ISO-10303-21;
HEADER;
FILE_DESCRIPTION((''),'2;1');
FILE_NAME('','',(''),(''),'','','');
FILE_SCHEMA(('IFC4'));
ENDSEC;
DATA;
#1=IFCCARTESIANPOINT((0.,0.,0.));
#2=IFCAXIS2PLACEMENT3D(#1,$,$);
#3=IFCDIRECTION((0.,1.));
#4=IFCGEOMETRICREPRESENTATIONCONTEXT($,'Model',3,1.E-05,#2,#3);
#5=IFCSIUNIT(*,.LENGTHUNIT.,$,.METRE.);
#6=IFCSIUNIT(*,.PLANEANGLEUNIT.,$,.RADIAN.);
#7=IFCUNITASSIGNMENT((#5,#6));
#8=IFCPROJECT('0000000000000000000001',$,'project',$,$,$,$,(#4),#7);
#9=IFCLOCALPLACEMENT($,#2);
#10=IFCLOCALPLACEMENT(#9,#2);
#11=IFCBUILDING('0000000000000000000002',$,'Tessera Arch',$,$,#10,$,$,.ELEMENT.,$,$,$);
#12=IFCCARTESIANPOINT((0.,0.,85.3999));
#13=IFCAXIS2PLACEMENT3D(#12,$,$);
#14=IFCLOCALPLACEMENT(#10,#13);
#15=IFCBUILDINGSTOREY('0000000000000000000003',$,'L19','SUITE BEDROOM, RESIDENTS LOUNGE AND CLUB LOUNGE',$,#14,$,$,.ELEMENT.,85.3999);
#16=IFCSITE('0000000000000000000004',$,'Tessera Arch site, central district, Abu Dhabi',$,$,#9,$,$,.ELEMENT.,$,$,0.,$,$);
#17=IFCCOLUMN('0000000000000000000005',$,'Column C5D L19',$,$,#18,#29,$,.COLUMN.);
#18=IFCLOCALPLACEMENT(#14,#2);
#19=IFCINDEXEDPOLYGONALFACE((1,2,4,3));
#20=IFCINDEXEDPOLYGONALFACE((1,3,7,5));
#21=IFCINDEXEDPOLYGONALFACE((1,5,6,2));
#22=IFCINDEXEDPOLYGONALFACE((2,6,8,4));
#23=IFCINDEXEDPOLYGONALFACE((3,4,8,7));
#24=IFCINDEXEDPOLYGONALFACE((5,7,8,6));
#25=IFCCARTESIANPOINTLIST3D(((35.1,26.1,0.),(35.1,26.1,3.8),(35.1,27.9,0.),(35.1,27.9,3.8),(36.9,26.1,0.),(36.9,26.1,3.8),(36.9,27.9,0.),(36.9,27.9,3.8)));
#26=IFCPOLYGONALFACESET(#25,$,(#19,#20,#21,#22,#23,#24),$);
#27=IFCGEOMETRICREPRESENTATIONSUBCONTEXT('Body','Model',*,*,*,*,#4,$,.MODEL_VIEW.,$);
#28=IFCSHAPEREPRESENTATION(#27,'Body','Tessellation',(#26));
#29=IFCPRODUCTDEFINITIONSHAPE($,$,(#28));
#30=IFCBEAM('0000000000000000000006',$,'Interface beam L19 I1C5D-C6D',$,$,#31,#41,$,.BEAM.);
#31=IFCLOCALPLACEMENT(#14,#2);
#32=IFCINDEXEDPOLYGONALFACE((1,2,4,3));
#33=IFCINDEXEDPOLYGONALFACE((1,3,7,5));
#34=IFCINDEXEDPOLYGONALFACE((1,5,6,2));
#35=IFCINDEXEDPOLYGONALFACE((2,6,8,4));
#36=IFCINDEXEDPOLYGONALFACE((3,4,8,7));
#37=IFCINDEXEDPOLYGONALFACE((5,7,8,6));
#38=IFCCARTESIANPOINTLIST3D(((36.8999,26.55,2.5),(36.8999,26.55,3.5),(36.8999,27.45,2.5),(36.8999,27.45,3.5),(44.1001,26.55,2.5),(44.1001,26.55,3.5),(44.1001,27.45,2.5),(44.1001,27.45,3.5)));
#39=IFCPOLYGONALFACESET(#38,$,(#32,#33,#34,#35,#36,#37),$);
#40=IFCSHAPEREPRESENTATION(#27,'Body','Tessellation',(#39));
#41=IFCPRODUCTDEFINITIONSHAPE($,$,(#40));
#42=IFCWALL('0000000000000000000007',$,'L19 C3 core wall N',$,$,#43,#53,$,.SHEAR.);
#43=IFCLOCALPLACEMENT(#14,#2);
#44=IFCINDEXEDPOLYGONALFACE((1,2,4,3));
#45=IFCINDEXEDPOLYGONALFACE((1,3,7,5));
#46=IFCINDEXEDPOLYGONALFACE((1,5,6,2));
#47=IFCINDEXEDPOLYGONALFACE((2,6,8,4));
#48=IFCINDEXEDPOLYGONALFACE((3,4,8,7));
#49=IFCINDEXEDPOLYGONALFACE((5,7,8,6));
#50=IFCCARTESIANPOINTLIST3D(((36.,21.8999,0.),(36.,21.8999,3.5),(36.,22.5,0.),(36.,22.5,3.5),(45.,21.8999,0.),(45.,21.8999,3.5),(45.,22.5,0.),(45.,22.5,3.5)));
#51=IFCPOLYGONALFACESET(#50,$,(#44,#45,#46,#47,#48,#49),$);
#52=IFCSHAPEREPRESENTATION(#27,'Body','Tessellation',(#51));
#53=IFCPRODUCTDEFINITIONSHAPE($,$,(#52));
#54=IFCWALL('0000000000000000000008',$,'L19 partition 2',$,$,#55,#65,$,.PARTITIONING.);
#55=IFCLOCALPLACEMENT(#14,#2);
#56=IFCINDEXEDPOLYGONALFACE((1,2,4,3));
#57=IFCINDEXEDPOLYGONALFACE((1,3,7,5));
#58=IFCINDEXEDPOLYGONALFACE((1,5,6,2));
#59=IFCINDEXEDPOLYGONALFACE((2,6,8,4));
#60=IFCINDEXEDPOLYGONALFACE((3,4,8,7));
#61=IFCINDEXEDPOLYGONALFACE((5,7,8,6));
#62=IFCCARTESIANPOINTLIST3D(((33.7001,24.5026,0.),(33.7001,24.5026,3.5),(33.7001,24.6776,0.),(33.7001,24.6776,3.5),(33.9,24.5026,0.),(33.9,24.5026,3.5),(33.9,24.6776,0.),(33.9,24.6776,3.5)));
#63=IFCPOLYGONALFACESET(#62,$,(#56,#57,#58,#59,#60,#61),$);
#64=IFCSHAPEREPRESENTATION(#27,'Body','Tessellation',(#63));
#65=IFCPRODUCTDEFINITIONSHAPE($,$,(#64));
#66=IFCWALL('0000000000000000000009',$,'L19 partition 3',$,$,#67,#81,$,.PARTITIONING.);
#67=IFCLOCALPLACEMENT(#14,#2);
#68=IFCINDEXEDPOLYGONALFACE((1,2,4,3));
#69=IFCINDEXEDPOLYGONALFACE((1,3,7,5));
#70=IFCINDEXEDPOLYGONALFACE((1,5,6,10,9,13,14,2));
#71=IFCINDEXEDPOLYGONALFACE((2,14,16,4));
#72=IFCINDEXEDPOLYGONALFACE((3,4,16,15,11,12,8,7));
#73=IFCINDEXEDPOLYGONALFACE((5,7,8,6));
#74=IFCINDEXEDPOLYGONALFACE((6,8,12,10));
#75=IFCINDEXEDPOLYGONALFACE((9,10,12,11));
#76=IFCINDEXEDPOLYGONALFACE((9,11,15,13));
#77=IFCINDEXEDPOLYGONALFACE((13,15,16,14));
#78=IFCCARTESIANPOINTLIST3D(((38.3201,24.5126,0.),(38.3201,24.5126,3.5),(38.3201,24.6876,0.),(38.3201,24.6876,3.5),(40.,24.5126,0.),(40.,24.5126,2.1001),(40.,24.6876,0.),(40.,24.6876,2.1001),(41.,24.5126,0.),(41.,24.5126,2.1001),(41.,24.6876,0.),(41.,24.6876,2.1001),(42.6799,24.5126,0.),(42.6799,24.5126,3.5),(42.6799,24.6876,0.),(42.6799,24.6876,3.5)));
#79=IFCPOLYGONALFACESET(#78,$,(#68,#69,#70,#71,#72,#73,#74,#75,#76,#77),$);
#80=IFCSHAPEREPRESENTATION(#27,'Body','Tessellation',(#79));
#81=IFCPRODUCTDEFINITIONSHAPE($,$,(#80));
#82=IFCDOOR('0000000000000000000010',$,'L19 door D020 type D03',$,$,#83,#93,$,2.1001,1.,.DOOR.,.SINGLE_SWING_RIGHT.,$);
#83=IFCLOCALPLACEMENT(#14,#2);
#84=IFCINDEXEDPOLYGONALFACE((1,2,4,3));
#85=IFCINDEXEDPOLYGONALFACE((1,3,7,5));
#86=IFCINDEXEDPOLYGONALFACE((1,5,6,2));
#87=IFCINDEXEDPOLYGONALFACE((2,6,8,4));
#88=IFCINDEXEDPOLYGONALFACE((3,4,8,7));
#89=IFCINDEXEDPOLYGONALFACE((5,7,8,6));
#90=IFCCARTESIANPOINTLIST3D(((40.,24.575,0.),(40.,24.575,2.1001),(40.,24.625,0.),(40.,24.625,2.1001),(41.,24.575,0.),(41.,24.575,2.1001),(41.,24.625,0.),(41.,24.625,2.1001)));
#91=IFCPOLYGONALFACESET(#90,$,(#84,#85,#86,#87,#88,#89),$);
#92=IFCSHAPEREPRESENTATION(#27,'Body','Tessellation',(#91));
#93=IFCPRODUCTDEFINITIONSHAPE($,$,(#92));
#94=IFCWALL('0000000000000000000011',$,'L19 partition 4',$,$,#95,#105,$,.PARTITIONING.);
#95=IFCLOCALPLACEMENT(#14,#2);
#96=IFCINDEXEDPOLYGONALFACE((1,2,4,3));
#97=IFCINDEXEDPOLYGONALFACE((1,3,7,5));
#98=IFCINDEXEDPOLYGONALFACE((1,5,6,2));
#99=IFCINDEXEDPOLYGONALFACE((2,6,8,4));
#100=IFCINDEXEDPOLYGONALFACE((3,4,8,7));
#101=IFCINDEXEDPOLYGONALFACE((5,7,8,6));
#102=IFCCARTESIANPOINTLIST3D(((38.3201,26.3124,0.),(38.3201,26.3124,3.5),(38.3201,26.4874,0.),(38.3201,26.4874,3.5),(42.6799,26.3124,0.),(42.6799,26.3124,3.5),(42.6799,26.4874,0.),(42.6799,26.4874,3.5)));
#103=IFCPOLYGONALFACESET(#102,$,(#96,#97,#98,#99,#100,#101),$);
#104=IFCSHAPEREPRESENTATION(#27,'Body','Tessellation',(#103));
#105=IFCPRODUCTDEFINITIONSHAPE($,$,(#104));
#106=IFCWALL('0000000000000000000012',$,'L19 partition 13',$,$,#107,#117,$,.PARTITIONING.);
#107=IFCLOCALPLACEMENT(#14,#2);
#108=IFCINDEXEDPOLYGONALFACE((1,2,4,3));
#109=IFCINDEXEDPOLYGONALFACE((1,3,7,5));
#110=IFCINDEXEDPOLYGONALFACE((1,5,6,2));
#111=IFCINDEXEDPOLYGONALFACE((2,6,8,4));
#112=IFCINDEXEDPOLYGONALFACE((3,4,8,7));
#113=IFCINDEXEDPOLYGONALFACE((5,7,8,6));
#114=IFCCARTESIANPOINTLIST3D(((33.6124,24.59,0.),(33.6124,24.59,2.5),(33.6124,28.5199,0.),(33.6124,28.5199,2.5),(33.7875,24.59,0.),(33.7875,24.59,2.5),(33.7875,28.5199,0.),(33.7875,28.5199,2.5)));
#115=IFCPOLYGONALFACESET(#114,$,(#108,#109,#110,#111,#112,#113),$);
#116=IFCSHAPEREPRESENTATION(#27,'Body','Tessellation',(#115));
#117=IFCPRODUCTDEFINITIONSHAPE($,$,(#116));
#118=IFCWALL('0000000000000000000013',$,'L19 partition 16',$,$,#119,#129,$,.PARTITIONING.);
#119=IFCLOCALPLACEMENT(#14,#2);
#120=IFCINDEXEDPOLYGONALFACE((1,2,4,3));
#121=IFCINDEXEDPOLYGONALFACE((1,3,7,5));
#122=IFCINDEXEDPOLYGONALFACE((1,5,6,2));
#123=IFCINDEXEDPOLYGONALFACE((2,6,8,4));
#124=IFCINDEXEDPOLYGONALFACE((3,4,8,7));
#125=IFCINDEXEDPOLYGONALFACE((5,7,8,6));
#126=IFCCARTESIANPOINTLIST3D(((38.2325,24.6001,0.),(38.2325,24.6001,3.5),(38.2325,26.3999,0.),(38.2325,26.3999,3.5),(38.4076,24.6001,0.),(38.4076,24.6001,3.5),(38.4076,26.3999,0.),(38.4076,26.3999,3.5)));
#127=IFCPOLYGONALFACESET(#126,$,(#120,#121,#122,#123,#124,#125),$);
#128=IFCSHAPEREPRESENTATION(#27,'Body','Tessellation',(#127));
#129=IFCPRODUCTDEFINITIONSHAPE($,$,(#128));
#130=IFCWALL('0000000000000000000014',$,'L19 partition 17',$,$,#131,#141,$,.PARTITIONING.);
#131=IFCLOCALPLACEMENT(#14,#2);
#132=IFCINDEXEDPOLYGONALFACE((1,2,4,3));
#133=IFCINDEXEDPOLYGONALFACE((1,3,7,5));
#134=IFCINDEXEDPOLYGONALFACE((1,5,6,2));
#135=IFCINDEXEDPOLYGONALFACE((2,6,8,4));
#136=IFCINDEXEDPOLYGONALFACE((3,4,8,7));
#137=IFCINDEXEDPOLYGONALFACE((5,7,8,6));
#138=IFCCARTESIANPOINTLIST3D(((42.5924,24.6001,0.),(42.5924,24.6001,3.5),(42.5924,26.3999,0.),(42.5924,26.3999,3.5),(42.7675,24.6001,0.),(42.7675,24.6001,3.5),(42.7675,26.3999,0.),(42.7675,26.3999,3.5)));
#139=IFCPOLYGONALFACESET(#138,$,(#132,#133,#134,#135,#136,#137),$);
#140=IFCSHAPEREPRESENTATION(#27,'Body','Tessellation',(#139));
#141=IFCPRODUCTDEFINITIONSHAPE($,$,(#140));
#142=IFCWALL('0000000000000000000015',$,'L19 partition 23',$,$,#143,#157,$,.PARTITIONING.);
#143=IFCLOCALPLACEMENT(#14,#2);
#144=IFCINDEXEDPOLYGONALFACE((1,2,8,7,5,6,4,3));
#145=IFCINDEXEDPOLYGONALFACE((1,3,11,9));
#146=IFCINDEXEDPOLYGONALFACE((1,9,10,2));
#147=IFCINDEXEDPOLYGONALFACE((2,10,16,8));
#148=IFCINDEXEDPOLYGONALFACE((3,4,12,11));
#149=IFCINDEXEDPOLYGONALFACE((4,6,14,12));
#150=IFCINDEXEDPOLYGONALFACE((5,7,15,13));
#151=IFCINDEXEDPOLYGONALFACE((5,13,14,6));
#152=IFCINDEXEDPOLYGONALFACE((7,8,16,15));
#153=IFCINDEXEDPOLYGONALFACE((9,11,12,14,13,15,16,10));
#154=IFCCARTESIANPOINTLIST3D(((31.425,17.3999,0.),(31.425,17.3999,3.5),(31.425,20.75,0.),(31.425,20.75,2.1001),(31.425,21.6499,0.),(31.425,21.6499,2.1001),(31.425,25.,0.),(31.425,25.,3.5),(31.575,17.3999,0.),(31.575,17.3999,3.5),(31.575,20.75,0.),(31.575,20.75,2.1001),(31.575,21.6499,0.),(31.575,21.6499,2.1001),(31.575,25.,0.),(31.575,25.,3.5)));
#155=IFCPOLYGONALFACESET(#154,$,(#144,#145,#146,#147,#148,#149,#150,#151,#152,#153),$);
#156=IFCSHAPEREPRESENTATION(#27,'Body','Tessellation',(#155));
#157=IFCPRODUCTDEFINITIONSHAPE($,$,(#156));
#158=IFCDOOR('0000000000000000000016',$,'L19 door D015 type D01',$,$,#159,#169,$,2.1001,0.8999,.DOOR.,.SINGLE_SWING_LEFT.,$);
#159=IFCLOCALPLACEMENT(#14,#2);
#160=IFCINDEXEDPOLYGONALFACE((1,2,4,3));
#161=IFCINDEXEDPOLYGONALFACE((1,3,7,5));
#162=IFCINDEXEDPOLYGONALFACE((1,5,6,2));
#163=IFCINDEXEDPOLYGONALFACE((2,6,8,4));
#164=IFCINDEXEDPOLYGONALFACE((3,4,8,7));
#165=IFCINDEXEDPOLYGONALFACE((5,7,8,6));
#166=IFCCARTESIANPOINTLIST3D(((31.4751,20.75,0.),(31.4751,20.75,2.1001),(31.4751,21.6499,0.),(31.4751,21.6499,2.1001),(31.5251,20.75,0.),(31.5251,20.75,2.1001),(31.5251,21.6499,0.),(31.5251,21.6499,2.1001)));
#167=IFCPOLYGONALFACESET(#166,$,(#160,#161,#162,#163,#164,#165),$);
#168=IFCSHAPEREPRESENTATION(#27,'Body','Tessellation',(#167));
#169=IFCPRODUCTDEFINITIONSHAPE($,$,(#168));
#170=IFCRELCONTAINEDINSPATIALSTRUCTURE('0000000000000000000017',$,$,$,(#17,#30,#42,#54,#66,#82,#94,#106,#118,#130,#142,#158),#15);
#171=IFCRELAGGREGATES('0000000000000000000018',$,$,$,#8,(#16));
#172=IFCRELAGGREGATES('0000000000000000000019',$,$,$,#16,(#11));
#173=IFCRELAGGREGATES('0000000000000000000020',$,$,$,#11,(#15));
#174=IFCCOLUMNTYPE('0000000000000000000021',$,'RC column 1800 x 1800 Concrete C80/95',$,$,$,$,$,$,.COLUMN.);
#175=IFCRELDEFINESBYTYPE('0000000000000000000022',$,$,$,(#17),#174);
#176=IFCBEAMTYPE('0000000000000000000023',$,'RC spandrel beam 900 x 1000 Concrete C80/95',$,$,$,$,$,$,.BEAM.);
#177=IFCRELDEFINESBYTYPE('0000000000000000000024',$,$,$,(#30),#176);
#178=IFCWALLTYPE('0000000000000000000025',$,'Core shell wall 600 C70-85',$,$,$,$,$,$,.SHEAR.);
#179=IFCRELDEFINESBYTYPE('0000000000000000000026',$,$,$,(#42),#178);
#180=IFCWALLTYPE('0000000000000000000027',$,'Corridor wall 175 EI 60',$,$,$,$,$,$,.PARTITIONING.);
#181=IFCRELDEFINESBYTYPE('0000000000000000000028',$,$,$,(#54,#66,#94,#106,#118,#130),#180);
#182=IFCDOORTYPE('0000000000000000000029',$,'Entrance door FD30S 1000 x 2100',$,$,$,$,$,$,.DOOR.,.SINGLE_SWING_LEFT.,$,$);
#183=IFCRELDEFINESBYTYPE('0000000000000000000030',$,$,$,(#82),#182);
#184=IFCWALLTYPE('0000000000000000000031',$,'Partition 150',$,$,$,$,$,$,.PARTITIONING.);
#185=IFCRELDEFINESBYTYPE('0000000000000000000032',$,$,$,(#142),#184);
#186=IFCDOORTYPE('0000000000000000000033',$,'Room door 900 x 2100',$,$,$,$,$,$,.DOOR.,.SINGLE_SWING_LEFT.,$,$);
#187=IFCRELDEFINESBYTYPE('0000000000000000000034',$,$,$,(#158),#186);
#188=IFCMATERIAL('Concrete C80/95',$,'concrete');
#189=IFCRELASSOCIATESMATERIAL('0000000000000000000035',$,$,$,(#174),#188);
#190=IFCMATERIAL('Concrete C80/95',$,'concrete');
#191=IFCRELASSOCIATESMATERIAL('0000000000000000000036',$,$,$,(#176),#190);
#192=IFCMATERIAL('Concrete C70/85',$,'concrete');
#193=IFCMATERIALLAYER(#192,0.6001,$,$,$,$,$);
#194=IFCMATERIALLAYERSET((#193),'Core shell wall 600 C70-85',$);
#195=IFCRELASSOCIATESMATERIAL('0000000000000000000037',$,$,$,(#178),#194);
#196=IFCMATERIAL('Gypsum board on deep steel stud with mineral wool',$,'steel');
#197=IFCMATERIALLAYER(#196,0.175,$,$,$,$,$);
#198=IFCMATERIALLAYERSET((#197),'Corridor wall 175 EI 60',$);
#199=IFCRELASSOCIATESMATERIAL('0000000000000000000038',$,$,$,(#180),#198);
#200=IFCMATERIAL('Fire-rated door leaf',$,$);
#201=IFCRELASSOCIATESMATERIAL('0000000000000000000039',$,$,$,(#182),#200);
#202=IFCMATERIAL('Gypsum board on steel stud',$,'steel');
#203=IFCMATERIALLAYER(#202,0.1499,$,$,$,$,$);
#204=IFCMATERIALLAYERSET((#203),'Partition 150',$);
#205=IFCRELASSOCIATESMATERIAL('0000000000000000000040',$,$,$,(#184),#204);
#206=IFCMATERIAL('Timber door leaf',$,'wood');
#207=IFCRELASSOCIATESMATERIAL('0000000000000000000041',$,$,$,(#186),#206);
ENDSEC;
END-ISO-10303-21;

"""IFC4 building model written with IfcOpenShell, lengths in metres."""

from ifc_helpers import new_model, si_unit, direction, frame, frame_2d, origin, origin_2d, place, context, subcontext, project, spatial, rectangle, extrude, material, layer, layer_set, material_profile, profile_set, type_object, element, fill, save


model = new_model("IFC4")

# Units and contexts
model_context = context("Model", 3, precision=1e-05, world=origin(), true_north=direction((0.0, 1.0)))
body_context = subcontext(model_context, "Body", "Model", "MODEL_VIEW")
ifc_project = project(units=[si_unit("LENGTHUNIT", "METRE"), si_unit("PLANEANGLEUNIT", "RADIAN")], contexts=[model_context])

# Site, building, storey
site_placement = place(None, origin())
site = spatial("IfcSite", under=ifc_project, at=site_placement, Name="Tessera Arch site, central district, Abu Dhabi", CompositionType="ELEMENT", RefElevation=0.0)
building_placement = place(site_placement, origin())
building = spatial("IfcBuilding", under=site, at=building_placement, Name="Tessera Arch", CompositionType="ELEMENT")
storey_placement = place(building_placement, frame((0.0, 0.0, 85.3999)))
storey = spatial("IfcBuildingStorey", under=building, at=storey_placement, Name="L19", Description="SUITE BEDROOM, RESIDENTS LOUNGE AND CLUB LOUNGE", CompositionType="ELEMENT", Elevation=85.3999)

# Column
ifc_material_1 = material(Name="Concrete C80/95", Category="concrete")
ifc_material_profile_1 = material_profile(ifc_material_1, rectangle(XDim=1.8, YDim=1.8, at=origin_2d()), Name="RC column 1800 x 1800 Concrete C80/95")
ifc_profile_set_1 = profile_set([ifc_material_profile_1], Name="Concrete C80/95")
column_type = type_object("IfcColumnType", Name="RC column 1800 x 1800 Concrete C80/95", PredefinedType="COLUMN", material=ifc_profile_set_1)
column_placement = place(storey_placement, frame((36.0, 27.0, 0.0), z_axis=(0.0, 0.0, 1.0), x_axis=(1.0, 0.0, 0.0)))
element("IfcColumn", 1, at=column_placement, inside=storey, type_object=column_type, Name="Column C5D L19", PredefinedType="COLUMN", context=body_context, shape_type="SweptSolid", body=[
    extrude(rectangle(XDim=1.8, YDim=1.8, at=origin_2d()), origin(), (0.0, 0.0, 1.0), 3.8),
])

# Beam
ifc_material_2 = material(Name="Concrete C80/95", Category="concrete")
ifc_material_profile_2 = material_profile(ifc_material_2, rectangle(XDim=0.8999, YDim=1.0, at=origin_2d()), Name="RC spandrel beam 900 x 1000 Concrete C80/95")
ifc_profile_set_2 = profile_set([ifc_material_profile_2], Name="Concrete C80/95")
beam_type = type_object("IfcBeamType", Name="RC spandrel beam 900 x 1000 Concrete C80/95", PredefinedType="BEAM", material=ifc_profile_set_2)
beam_placement = place(storey_placement, frame((36.8999, 27.0, 3.0), z_axis=(1.0, 0.0, 0.0), x_axis=(0.0, 1.0, 0.0)))
element("IfcBeam", 2, at=beam_placement, inside=storey, type_object=beam_type, Name="Interface beam L19 I1C5D-C6D", PredefinedType="BEAM", context=body_context, shape_type="SweptSolid", body=[
    extrude(rectangle(XDim=0.8999, YDim=1.0, at=origin_2d()), origin(), (0.0, 0.0, 1.0), 7.2002),
])

# Walls
ifc_material_3 = material(Name="Concrete C70/85", Category="concrete")
ifc_layer_1 = layer(ifc_material_3, 0.6001)
ifc_layer_set_1 = layer_set([ifc_layer_1], Name="Core shell wall 600 C70-85")
wall_type_1 = type_object("IfcWallType", Name="Core shell wall 600 C70-85", PredefinedType="SHEAR", material=ifc_layer_set_1)
wall_1_placement = place(storey_placement, frame((36.0, 22.2, 0.0), z_axis=(0.0, 0.0, 1.0), x_axis=(1.0, 0.0, 0.0)))
element("IfcWall", 3, at=wall_1_placement, inside=storey, type_object=wall_type_1, Name="L19 C3 core wall N", PredefinedType="SHEAR", context=body_context, shape_type="SweptSolid", body=[
    extrude(rectangle(XDim=9.0, YDim=0.6001, at=frame_2d((4.5, 0.0))), origin(), (0.0, 0.0, 1.0), 3.5),
])
ifc_material_4 = material(Name="Gypsum board on deep steel stud with mineral wool", Category="steel")
ifc_layer_2 = layer(ifc_material_4, 0.175)
ifc_layer_set_2 = layer_set([ifc_layer_2], Name="Corridor wall 175 EI 60")
wall_type_2 = type_object("IfcWallType", Name="Corridor wall 175 EI 60", PredefinedType="PARTITIONING", material=ifc_layer_set_2)
wall_2_placement = place(storey_placement, frame((33.7, 24.5901, 0.0), z_axis=(0.0, 0.0, 1.0), x_axis=(1.0, 0.0, 0.0)))
element("IfcWall", 4, at=wall_2_placement, inside=storey, type_object=wall_type_2, Name="L19 partition 2", PredefinedType="PARTITIONING", context=body_context, shape_type="SweptSolid", body=[
    extrude(rectangle(XDim=0.2, YDim=0.175, at=frame_2d((0.1001, 0.0))), origin(), (0.0, 0.0, 1.0), 3.5),
])

# Wall, opening, door
wall_3_placement = place(storey_placement, frame((38.3201, 24.6001, 0.0), z_axis=(0.0, 0.0, 1.0), x_axis=(1.0, 0.0, 0.0)))
wall_3 = element("IfcWall", 5, at=wall_3_placement, inside=storey, type_object=wall_type_2, Name="L19 partition 3", PredefinedType="PARTITIONING", context=body_context, shape_type="SweptSolid", body=[
    extrude(rectangle(XDim=4.3599, YDim=0.175, at=frame_2d((2.1799, 0.0))), origin(), (0.0, 0.0, 1.0), 3.5),
])
opening_1_placement = place(wall_3_placement, frame((1.6799, 0.0, 0.0)))
opening_1 = element("IfcOpeningElement", 6, at=opening_1_placement, cuts=wall_3, PredefinedType="OPENING", context=body_context, shape_type="SweptSolid", body=[
    extrude(rectangle(XDim=1.0, YDim=2.1001, at=frame_2d((0.5, 1.05))), frame((0.0, 0.0974, 0.0), z_axis=(0.0, -1.0, 0.0), x_axis=(1.0, 0.0, 0.0)), (0.0, 0.0, 1.0), 0.1951),
])
ifc_material_5 = material(Name="Fire-rated door leaf")
door_type_1 = type_object("IfcDoorType", Name="Entrance door FD30S 1000 x 2100", OperationType="SINGLE_SWING_LEFT", PredefinedType="DOOR", material=ifc_material_5)
door_1_placement = place(opening_1_placement, origin())
door_1 = element("IfcDoor", 7, at=door_1_placement, inside=storey, type_object=door_type_1, Name="L19 door D020 type D03", OperationType="SINGLE_SWING_RIGHT", OverallHeight=2.1001, OverallWidth=1.0, PredefinedType="DOOR", context=body_context, shape_type="SweptSolid", body=[
    extrude(rectangle(XDim=1.0, YDim=2.1001, at=frame_2d((0.5, 1.05))), frame((0.0, 0.0249, 0.0), z_axis=(0.0, -1.0, 0.0), x_axis=(1.0, 0.0, 0.0)), (0.0, 0.0, 1.0), 0.05),
])
fill(opening_1, door_1)

# Walls
wall_4_placement = place(storey_placement, frame((38.3201, 26.3999, 0.0), z_axis=(0.0, 0.0, 1.0), x_axis=(1.0, 0.0, 0.0)))
element("IfcWall", 8, at=wall_4_placement, inside=storey, type_object=wall_type_2, Name="L19 partition 4", PredefinedType="PARTITIONING", context=body_context, shape_type="SweptSolid", body=[
    extrude(rectangle(XDim=4.3599, YDim=0.175, at=frame_2d((2.1799, 0.0))), origin(), (0.0, 0.0, 1.0), 3.5),
])
wall_5_placement = place(storey_placement, frame((33.7, 24.5901, 0.0), z_axis=(0.0, 0.0, 1.0), x_axis=(0.0, 1.0, 0.0)))
element("IfcWall", 9, at=wall_5_placement, inside=storey, type_object=wall_type_2, Name="L19 partition 13", PredefinedType="PARTITIONING", context=body_context, shape_type="SweptSolid", body=[
    extrude(rectangle(XDim=3.9299, YDim=0.175, at=frame_2d((1.9648, 0.0))), origin(), (0.0, 0.0, 1.0), 2.5),
])
for number, where, z_axis, x_axis, name in (
    (10, (38.3201, 24.6001, 0.0), (0.0, 0.0, 1.0), (0.0, 1.0, 0.0), "L19 partition 16"),
    (11, (42.6799, 24.6001, 0.0), (0.0, 0.0, 1.0), (0.0, 1.0, 0.0), "L19 partition 17"),
):
    element("IfcWall", number, at=place(storey_placement, frame(where, z_axis=z_axis, x_axis=x_axis)), inside=storey, type_object=wall_type_2, Name=name, PredefinedType="PARTITIONING", context=body_context, shape_type="SweptSolid", body=[
        extrude(rectangle(XDim=1.7998, YDim=0.175, at=frame_2d((0.8999, 0.0))), origin(), (0.0, 0.0, 1.0), 3.5),
    ])

# Wall, opening, door
ifc_material_6 = material(Name="Gypsum board on steel stud", Category="steel")
ifc_layer_3 = layer(ifc_material_6, 0.1499)
ifc_layer_set_3 = layer_set([ifc_layer_3], Name="Partition 150")
wall_type_3 = type_object("IfcWallType", Name="Partition 150", PredefinedType="PARTITIONING", material=ifc_layer_set_3)
wall_6_placement = place(storey_placement, frame((31.5, 17.3999, 0.0), z_axis=(0.0, 0.0, 1.0), x_axis=(0.0, 1.0, 0.0)))
wall_6 = element("IfcWall", 12, at=wall_6_placement, inside=storey, type_object=wall_type_3, Name="L19 partition 23", PredefinedType="PARTITIONING", context=body_context, shape_type="SweptSolid", body=[
    extrude(rectangle(XDim=7.6001, YDim=0.1499, at=frame_2d((3.8, 0.0))), origin(), (0.0, 0.0, 1.0), 3.5),
])
opening_2_placement = place(wall_6_placement, frame((3.3501, 0.0, 0.0)))
opening_2 = element("IfcOpeningElement", 13, at=opening_2_placement, cuts=wall_6, PredefinedType="OPENING", context=body_context, shape_type="SweptSolid", body=[
    extrude(rectangle(XDim=0.8999, YDim=2.1001, at=frame_2d((0.45, 1.05))), frame((0.0, 0.085, 0.0), z_axis=(0.0, -1.0, 0.0), x_axis=(1.0, 0.0, 0.0)), (0.0, 0.0, 1.0), 0.1699),
])
ifc_material_7 = material(Name="Timber door leaf", Category="wood")
door_type_2 = type_object("IfcDoorType", Name="Room door 900 x 2100", OperationType="SINGLE_SWING_LEFT", PredefinedType="DOOR", material=ifc_material_7)
door_2_placement = place(opening_2_placement, origin())
door_2 = element("IfcDoor", 14, at=door_2_placement, inside=storey, type_object=door_type_2, Name="L19 door D015 type D01", OperationType="SINGLE_SWING_LEFT", OverallHeight=2.1001, OverallWidth=0.8999, PredefinedType="DOOR", context=body_context, shape_type="SweptSolid", body=[
    extrude(rectangle(XDim=0.8999, YDim=2.1001, at=frame_2d((0.45, 1.05))), frame((0.0, 0.0249, 0.0), z_axis=(0.0, -1.0, 0.0), x_axis=(1.0, 0.0, 0.0)), (0.0, 0.0, 1.0), 0.05),
])
fill(opening_2, door_2)

save(model, "model.ifc")
